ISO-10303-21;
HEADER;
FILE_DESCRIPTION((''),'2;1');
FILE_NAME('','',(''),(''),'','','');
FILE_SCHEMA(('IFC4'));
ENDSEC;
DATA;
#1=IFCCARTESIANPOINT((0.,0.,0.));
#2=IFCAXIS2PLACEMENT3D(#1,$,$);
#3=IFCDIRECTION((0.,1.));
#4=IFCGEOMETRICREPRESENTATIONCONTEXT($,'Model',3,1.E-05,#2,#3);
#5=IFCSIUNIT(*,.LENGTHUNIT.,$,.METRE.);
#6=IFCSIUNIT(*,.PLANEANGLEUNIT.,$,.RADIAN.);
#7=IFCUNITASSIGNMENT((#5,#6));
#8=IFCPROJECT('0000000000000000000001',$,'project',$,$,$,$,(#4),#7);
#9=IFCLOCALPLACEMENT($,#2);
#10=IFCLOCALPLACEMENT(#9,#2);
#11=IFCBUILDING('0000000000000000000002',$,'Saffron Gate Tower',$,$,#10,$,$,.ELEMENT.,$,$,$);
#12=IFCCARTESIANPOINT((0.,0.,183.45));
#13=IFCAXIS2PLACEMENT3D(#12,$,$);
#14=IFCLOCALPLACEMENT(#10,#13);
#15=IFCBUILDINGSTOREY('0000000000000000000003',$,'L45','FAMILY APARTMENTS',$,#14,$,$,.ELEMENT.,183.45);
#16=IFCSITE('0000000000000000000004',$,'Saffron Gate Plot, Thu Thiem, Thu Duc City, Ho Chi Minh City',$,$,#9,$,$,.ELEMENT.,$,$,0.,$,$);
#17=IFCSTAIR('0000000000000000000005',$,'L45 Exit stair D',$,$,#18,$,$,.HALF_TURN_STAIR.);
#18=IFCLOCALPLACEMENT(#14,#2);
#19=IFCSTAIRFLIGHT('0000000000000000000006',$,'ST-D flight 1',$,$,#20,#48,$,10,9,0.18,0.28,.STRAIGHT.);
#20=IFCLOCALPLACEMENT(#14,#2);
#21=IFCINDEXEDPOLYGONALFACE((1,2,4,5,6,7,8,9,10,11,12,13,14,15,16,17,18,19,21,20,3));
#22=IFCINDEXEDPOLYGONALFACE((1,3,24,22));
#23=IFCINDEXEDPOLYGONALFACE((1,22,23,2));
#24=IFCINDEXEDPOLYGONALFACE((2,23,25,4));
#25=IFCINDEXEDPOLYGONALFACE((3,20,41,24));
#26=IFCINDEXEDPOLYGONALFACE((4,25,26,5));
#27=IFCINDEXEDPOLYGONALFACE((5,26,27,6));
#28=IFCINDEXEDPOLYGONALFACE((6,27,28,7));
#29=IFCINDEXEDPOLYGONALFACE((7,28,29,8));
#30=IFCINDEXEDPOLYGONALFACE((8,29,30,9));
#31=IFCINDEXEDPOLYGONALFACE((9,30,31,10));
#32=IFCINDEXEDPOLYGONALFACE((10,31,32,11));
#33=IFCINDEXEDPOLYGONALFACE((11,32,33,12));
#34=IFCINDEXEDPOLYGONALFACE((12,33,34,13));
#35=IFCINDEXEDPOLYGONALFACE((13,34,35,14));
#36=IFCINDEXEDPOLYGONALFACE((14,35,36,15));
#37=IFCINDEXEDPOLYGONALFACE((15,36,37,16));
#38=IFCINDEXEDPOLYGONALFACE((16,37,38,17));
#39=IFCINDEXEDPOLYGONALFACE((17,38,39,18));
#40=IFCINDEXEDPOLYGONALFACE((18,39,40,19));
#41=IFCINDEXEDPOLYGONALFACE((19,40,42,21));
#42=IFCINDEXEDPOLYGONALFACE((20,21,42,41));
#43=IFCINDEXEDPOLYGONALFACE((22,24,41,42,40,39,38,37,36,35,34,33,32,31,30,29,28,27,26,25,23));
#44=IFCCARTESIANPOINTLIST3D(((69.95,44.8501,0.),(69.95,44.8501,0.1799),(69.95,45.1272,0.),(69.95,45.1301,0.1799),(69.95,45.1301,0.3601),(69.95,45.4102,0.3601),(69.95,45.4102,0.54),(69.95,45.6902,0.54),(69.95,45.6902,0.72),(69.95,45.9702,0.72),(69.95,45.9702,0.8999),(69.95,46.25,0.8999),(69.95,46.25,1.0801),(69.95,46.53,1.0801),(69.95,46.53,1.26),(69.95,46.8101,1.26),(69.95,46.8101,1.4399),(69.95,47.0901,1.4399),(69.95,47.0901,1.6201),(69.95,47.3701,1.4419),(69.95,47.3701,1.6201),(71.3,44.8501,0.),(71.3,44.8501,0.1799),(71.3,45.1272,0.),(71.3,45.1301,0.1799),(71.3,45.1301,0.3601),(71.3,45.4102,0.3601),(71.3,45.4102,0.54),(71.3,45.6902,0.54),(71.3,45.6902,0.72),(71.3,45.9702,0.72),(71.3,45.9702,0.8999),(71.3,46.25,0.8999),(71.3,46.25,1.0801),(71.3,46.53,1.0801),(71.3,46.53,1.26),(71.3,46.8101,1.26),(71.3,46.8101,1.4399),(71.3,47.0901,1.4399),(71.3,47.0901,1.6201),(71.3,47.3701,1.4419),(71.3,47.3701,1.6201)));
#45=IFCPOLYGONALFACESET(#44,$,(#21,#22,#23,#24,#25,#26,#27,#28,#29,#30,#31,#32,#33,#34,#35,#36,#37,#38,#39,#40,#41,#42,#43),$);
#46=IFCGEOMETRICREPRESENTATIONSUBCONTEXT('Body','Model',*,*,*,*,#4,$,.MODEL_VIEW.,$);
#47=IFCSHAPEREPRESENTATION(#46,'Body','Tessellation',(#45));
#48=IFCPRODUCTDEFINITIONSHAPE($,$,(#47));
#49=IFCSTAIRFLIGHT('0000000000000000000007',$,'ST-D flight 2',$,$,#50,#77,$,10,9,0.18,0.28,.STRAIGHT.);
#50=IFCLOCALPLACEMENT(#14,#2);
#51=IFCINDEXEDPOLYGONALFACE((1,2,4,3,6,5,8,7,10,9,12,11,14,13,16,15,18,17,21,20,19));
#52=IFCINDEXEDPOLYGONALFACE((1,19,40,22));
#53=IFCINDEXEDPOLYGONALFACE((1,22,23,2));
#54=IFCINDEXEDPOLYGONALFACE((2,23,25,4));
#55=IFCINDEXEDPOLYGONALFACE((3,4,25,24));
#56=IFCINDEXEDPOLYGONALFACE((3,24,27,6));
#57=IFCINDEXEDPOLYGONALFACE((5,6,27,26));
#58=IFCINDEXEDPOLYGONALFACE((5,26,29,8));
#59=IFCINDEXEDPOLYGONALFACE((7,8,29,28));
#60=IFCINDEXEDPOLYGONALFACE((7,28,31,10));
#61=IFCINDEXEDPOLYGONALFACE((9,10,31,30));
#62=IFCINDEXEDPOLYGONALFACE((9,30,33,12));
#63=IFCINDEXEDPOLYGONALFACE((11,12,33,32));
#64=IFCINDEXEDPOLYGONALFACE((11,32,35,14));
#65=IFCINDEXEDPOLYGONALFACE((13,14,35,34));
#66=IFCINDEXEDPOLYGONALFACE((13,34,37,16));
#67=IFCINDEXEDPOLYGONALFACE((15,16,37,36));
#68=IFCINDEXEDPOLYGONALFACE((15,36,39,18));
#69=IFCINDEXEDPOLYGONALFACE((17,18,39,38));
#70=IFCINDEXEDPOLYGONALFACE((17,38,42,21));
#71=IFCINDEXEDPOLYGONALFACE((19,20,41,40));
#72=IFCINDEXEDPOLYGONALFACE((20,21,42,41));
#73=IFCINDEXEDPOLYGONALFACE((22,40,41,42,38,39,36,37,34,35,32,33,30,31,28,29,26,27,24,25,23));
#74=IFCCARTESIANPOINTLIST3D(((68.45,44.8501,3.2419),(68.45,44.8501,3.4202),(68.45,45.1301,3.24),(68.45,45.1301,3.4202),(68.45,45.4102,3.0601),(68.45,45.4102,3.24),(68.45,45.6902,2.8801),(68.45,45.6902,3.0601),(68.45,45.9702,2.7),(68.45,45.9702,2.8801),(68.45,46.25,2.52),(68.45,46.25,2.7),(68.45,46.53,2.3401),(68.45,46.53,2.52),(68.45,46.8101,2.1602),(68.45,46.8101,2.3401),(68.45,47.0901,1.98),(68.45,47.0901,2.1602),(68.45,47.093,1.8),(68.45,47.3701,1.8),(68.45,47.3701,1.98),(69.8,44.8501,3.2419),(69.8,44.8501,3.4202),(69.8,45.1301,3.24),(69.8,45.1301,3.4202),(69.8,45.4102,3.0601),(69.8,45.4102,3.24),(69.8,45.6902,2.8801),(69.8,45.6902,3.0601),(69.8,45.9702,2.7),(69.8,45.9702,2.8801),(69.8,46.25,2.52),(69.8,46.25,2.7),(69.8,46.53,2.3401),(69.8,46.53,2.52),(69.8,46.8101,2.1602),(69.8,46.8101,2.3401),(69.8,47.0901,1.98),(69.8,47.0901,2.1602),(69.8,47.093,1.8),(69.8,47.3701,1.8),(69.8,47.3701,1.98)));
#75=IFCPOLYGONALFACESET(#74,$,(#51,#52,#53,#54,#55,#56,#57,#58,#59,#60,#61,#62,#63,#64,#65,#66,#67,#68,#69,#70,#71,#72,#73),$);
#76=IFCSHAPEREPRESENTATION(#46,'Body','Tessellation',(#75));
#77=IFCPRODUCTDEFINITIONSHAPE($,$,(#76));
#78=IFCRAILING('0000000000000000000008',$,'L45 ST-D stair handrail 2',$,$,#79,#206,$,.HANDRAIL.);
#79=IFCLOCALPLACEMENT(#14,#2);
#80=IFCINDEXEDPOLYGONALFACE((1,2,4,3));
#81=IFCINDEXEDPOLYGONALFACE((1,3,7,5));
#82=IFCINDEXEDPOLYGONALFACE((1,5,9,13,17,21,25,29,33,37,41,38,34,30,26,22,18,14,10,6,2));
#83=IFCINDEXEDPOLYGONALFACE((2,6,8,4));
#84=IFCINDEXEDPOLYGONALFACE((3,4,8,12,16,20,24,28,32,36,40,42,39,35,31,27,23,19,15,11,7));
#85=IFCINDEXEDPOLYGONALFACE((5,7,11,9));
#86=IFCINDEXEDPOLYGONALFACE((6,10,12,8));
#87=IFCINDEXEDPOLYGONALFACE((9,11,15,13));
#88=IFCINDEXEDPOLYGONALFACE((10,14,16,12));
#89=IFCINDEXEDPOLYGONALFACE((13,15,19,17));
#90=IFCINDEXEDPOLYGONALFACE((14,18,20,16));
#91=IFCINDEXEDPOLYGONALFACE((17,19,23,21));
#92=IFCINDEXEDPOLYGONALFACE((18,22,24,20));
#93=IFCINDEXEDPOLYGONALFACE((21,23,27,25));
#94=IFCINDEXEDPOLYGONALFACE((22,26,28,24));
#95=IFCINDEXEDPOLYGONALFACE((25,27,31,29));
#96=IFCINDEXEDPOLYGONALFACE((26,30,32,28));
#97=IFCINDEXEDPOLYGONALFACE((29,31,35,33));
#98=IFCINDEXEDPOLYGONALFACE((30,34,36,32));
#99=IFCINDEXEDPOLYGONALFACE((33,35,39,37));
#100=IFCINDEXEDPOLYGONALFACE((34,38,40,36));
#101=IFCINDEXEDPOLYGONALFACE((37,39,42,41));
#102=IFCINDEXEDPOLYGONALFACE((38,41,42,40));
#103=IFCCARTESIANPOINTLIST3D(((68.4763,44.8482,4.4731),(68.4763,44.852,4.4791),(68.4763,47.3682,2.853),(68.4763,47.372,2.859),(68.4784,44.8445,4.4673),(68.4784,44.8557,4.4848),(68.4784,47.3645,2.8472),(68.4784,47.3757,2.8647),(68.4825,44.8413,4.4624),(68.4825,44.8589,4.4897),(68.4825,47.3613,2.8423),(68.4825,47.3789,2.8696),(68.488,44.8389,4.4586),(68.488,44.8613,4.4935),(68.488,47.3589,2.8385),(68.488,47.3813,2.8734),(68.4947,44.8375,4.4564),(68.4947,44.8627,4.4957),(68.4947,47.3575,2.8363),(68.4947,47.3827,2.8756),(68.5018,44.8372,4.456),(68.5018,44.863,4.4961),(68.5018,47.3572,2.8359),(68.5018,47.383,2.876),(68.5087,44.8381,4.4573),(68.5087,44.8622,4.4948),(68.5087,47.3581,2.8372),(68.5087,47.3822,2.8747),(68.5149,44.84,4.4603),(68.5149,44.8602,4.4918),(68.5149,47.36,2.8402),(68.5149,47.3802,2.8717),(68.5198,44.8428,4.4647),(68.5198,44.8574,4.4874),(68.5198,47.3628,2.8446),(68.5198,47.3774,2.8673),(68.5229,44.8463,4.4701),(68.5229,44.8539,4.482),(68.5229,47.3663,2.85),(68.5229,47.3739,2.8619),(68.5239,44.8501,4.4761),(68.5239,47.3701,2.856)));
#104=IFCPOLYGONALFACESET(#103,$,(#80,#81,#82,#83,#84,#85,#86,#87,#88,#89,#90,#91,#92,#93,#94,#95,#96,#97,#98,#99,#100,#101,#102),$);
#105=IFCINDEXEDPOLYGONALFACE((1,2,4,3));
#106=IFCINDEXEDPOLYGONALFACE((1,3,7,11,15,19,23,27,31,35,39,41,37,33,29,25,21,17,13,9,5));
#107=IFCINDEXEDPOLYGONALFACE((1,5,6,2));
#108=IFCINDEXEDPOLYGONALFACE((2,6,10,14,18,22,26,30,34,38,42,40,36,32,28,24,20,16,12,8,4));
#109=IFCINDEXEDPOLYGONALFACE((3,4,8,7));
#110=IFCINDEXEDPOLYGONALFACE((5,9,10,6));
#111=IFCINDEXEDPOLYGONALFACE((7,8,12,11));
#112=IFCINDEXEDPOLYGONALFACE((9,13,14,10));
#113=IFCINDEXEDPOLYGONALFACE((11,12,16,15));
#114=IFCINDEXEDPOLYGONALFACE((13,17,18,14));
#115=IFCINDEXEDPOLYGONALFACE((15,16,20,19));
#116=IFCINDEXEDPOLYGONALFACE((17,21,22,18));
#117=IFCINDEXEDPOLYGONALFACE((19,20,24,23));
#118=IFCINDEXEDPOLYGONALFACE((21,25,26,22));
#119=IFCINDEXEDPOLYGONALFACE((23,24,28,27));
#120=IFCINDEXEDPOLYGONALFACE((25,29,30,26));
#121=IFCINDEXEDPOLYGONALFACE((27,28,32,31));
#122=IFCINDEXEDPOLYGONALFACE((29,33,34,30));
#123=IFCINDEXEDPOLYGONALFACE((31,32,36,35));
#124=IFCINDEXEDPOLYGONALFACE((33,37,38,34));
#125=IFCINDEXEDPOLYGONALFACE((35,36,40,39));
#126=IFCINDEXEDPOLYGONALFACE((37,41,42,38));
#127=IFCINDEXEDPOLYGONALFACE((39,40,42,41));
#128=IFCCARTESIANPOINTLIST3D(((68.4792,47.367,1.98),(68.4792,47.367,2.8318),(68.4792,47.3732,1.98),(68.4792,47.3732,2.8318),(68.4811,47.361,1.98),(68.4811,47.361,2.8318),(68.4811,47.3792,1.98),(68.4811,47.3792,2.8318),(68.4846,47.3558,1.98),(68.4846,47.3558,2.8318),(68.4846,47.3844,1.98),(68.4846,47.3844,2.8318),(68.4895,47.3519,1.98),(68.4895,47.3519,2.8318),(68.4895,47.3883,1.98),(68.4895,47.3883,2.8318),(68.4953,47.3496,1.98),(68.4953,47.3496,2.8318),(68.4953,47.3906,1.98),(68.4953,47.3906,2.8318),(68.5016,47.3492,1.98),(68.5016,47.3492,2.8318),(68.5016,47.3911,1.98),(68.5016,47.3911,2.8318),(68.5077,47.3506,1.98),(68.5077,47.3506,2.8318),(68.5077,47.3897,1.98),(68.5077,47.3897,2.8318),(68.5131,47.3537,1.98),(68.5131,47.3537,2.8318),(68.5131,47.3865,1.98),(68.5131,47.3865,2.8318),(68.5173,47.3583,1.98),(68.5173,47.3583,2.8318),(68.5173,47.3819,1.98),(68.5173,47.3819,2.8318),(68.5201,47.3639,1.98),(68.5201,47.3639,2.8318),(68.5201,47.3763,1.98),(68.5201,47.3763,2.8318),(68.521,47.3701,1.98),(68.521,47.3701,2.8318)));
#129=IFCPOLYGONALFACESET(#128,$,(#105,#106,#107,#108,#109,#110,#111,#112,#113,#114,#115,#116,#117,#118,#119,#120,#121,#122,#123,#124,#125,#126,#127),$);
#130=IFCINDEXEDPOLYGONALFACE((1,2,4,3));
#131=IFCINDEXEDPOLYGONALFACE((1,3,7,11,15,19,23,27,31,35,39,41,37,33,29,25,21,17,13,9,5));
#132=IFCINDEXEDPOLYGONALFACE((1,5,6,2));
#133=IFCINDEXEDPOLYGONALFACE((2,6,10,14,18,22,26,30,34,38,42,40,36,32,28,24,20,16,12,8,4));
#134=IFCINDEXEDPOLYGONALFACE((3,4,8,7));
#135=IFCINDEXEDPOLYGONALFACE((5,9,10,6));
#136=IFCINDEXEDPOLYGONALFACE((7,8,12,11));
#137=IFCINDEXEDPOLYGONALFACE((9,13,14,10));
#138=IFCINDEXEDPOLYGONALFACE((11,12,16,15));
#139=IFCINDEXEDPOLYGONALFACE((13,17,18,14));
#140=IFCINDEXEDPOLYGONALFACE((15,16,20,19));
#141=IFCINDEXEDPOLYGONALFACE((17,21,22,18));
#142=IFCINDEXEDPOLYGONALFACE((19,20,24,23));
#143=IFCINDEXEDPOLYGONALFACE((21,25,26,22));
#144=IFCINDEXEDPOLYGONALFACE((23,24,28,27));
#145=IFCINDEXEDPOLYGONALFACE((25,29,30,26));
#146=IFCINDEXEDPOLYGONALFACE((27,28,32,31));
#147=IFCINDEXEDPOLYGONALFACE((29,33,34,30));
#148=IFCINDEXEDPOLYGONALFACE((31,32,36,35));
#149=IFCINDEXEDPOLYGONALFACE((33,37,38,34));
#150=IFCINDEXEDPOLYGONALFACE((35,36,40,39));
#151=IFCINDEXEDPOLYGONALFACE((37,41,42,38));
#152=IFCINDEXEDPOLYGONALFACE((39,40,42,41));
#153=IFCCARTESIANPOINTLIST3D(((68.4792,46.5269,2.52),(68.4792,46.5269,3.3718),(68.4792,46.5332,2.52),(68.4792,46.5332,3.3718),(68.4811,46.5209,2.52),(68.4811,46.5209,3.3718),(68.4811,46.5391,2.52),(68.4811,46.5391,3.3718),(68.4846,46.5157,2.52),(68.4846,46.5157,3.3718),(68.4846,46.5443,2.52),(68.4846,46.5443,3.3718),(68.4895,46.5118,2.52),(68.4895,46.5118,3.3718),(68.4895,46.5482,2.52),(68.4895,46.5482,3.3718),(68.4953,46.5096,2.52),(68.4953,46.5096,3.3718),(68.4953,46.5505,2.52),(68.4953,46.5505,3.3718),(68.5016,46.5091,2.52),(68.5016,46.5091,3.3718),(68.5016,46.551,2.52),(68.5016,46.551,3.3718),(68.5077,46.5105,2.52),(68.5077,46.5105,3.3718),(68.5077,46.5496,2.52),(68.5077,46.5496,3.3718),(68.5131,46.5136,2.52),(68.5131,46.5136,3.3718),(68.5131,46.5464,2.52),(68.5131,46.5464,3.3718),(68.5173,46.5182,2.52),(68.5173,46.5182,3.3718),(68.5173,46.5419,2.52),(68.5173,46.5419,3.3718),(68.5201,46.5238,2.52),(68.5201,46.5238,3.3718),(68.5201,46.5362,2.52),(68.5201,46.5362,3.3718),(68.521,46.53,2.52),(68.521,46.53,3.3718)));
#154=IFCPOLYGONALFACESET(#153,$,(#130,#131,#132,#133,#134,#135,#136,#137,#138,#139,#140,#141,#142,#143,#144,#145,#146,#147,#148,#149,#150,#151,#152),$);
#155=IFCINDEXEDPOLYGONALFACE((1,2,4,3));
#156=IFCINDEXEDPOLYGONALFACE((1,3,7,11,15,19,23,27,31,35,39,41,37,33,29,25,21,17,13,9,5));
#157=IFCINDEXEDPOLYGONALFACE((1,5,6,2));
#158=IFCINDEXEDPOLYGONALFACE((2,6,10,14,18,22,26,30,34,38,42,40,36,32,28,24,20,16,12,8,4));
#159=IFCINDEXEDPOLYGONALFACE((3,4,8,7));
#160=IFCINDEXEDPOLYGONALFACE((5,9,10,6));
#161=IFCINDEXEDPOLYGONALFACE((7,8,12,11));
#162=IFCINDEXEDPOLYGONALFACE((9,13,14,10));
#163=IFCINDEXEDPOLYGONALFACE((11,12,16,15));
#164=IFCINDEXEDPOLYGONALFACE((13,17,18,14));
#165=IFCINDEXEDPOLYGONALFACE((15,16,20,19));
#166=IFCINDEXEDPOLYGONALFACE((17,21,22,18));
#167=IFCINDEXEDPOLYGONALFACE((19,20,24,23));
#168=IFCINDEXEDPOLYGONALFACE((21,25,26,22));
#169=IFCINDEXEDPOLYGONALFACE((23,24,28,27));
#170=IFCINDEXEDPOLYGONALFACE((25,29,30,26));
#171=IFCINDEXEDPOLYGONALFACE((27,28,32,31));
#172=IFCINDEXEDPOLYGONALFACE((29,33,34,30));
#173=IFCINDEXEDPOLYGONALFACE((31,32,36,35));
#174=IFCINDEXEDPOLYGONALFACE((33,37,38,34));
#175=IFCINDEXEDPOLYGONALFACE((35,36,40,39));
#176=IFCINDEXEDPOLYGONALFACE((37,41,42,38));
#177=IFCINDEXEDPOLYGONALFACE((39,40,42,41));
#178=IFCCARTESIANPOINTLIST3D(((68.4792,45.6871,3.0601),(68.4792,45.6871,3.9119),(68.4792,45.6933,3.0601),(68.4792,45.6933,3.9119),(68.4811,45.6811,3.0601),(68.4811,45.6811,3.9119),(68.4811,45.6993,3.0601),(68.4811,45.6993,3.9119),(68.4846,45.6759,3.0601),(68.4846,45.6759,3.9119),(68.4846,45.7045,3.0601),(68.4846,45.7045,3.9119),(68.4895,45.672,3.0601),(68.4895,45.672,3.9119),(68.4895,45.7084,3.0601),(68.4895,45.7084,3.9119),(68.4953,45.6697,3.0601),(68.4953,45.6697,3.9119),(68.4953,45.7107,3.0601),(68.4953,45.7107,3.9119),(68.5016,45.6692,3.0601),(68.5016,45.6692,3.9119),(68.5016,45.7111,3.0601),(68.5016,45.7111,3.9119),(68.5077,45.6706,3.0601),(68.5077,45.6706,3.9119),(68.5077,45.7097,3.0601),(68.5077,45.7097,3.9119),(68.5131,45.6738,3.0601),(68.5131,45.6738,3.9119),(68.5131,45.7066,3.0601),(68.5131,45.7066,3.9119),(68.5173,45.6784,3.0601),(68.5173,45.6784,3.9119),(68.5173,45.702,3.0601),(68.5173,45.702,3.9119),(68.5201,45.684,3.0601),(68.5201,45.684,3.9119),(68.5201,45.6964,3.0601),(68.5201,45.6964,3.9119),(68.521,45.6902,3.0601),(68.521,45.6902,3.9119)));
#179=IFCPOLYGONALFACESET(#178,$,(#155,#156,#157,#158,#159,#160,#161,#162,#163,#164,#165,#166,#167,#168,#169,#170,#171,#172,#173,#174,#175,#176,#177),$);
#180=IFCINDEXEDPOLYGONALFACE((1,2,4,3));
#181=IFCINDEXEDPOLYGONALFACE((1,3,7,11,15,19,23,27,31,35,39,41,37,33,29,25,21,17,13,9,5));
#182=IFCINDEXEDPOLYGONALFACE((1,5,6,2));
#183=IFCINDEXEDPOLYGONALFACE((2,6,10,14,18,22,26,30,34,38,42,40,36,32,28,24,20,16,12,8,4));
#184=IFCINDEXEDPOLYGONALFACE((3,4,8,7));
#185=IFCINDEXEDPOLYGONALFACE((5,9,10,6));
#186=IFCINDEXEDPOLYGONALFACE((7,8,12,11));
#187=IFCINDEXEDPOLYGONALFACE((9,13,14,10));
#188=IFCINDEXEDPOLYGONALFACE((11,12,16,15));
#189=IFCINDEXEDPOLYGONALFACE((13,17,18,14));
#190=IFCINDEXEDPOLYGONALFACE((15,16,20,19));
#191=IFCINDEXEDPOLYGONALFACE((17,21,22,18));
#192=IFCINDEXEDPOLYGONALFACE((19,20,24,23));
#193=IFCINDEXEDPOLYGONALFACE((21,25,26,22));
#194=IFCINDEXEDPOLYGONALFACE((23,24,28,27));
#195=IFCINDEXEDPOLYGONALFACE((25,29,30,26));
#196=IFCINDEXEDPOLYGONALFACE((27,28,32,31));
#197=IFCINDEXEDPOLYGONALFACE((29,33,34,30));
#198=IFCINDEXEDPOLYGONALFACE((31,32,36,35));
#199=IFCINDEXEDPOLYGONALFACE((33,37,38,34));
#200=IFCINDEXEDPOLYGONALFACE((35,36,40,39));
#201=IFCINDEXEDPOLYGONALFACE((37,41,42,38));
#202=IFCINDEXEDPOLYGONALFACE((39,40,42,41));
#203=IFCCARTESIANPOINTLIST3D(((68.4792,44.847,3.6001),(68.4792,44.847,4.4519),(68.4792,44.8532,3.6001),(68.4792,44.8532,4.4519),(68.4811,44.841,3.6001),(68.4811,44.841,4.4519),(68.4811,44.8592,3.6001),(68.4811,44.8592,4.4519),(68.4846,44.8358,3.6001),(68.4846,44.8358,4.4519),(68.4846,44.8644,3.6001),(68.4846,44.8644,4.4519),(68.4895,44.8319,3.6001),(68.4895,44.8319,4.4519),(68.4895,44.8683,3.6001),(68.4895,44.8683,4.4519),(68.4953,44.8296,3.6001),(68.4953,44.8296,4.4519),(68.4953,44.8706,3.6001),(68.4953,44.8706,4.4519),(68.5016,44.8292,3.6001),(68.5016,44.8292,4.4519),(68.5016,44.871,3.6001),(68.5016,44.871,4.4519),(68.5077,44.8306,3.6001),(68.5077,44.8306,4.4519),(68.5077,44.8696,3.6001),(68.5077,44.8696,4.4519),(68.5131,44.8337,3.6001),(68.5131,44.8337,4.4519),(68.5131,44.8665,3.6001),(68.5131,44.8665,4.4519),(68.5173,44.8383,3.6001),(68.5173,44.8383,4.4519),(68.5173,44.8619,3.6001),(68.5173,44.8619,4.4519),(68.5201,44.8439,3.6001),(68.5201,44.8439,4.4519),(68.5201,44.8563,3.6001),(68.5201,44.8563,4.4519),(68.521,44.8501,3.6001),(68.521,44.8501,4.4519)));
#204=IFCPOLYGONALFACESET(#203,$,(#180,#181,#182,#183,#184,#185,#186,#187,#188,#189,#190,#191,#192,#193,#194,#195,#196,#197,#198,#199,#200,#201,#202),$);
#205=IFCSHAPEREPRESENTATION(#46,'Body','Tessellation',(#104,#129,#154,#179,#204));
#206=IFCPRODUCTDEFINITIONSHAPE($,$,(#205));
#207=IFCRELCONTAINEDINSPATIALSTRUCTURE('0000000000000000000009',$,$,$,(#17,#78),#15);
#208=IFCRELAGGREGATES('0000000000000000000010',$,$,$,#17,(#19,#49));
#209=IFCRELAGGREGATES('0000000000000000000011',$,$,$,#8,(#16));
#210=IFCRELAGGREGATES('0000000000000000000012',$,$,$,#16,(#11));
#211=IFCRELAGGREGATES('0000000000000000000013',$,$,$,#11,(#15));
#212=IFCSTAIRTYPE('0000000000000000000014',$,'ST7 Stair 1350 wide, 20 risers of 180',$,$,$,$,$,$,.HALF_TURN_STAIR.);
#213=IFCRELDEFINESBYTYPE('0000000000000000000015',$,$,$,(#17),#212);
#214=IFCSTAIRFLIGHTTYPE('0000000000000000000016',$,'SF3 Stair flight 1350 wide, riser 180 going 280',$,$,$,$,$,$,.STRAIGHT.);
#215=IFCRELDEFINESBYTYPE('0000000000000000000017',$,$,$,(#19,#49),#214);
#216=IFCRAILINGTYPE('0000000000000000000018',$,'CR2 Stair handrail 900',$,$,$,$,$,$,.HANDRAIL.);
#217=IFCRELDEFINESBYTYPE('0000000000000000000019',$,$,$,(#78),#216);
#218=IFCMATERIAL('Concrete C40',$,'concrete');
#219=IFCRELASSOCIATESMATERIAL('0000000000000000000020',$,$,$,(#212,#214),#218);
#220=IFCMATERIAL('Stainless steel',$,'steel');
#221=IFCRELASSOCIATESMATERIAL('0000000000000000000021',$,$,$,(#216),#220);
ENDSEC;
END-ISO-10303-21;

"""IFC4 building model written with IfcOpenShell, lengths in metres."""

from ifc_helpers import new_model, si_unit, direction, frame, origin, origin_2d, place, context, subcontext, project, spatial, polyline, circle, outline, extrude, material, type_object, element, aggregate, save


model = new_model("IFC4")

# Units and contexts
model_context = context("Model", 3, precision=1e-05, world=origin(), true_north=direction((0.0, 1.0)))
body_context = subcontext(model_context, "Body", "Model", "MODEL_VIEW")
ifc_project = project(units=[si_unit("LENGTHUNIT", "METRE"), si_unit("PLANEANGLEUNIT", "RADIAN")], contexts=[model_context])

# Site, building, storey
site_placement = place(None, origin())
site = spatial("IfcSite", under=ifc_project, at=site_placement, Name="Saffron Gate Plot, Thu Thiem, Thu Duc City, Ho Chi Minh City", CompositionType="ELEMENT", RefElevation=0.0)
building_placement = place(site_placement, origin())
building = spatial("IfcBuilding", under=site, at=building_placement, Name="Saffron Gate Tower", CompositionType="ELEMENT")
storey_placement = place(building_placement, frame((0.0, 0.0, 183.45)))
storey = spatial("IfcBuildingStorey", under=building, at=storey_placement, Name="L45", Description="FAMILY APARTMENTS", CompositionType="ELEMENT", Elevation=183.45)

# Stair, stair flights
ifc_material_1 = material(Name="Concrete C40", Category="concrete")
stair_type = type_object("IfcStairType", Name="ST7 Stair 1350 wide, 20 risers of 180", PredefinedType="HALF_TURN_STAIR", material=ifc_material_1)
stair_placement = place(storey_placement, origin())
stair = element("IfcStair", 1, at=stair_placement, inside=storey, type_object=stair_type, Name="L45 Exit stair D", PredefinedType="HALF_TURN_STAIR")
stair_flight_type = type_object("IfcStairFlightType", Name="SF3 Stair flight 1350 wide, riser 180 going 280", PredefinedType="STRAIGHT", material=ifc_material_1)
stair_flight_1_placement = place(storey_placement, frame((70.625, 44.8501, 0.0), z_axis=(0.0, 0.0, 1.0), x_axis=(0.0, 1.0, 0.0)))
stair_flight_1 = element("IfcStairFlight", 2, at=stair_flight_1_placement, type_object=stair_flight_type, Name="ST-D flight 1", NumberOfRisers=10, NumberOfTreads=9, PredefinedType="STRAIGHT", RiserHeight=0.18, TreadLength=0.28, context=body_context, shape_type="SweptSolid", body=[
    extrude(outline(polyline([(0.0, 0.0), (0.0, 0.1799), (0.28, 0.1799), (0.28, 0.3601), (0.5601, 0.3601), (0.5601, 0.54), (0.8401, 0.54), (0.8401, 0.72), (1.1201, 0.72), (1.1201, 0.8999), (1.3999, 0.8999), (1.3999, 1.0801), (1.6799, 1.0801), (1.6799, 1.26), (1.96, 1.26), (1.96, 1.4399), (2.24, 1.4399), (2.24, 1.6201), (2.52, 1.6201), (2.52, 1.8), (2.52, 1.4419), (0.2771, 0.0), (0.0, 0.0)])), frame((0.0, 0.675, 0.0), z_axis=(0.0, -1.0, 0.0), x_axis=(1.0, 0.0, 0.0)), (0.0, 0.0, 1.0), 1.3501),
])
stair_flight_2_placement = place(storey_placement, frame((69.125, 47.3701, 1.8), z_axis=(0.0, 0.0, 1.0), x_axis=(0.0, -1.0, 0.0)))
stair_flight_2 = element("IfcStairFlight", 3, at=stair_flight_2_placement, type_object=stair_flight_type, Name="ST-D flight 2", NumberOfRisers=10, NumberOfTreads=9, PredefinedType="STRAIGHT", RiserHeight=0.18, TreadLength=0.28, context=body_context, shape_type="SweptSolid", body=[
    extrude(outline(polyline([(0.0, 0.0), (0.0, 0.1799), (0.28, 0.1799), (0.28, 0.3601), (0.5601, 0.3601), (0.5601, 0.54), (0.8401, 0.54), (0.8401, 0.72), (1.1201, 0.72), (1.1201, 0.8999), (1.3999, 0.8999), (1.3999, 1.0801), (1.6799, 1.0801), (1.6799, 1.26), (1.96, 1.26), (1.96, 1.4399), (2.24, 1.4399), (2.24, 1.6201), (2.52, 1.6201), (2.52, 1.8), (2.52, 1.4419), (0.2771, 0.0), (0.0, 0.0)])), frame((0.0, 0.675, 0.0), z_axis=(0.0, -1.0, 0.0), x_axis=(1.0, 0.0, 0.0)), (0.0, 0.0, 1.0), 1.3501),
])
aggregate(stair, [stair_flight_1, stair_flight_2])

# Railing
ifc_material_2 = material(Name="Stainless steel", Category="steel")
railing_type_1 = type_object("IfcRailingType", Name="CR2 Stair handrail 900", PredefinedType="HANDRAIL", material=ifc_material_2)
railing_1_placement = place(storey_placement, frame((68.5, 47.3701, 1.98)))
element("IfcRailing", 4, at=railing_1_placement, inside=storey, type_object=railing_type_1, Name="L45 ST-D stair handrail 2", PredefinedType="HANDRAIL", context=body_context, shape_type="SweptSolid", body=[
    extrude(circle(Radius=0.0239, at=origin_2d()), frame((0.0, 0.0, 0.876), z_axis=(0.0, -0.841163, 0.540782), x_axis=(1.0, 0.0, 0.0)), (0.0, 0.0, 1.0), 2.9958),
    extrude(circle(Radius=0.021, at=origin_2d()), origin(), (0.0, 0.0, 1.0), 0.8518),
    extrude(circle(Radius=0.021, at=origin_2d()), frame((0.0, -0.8401, 0.54)), (0.0, 0.0, 1.0), 0.8518),
    extrude(circle(Radius=0.021, at=origin_2d()), frame((0.0, -1.6799, 1.0801)), (0.0, 0.0, 1.0), 0.8518),
    extrude(circle(Radius=0.021, at=origin_2d()), frame((0.0, -2.52, 1.6201)), (0.0, 0.0, 1.0), 0.8518),
])

save(model, "model.ifc")
